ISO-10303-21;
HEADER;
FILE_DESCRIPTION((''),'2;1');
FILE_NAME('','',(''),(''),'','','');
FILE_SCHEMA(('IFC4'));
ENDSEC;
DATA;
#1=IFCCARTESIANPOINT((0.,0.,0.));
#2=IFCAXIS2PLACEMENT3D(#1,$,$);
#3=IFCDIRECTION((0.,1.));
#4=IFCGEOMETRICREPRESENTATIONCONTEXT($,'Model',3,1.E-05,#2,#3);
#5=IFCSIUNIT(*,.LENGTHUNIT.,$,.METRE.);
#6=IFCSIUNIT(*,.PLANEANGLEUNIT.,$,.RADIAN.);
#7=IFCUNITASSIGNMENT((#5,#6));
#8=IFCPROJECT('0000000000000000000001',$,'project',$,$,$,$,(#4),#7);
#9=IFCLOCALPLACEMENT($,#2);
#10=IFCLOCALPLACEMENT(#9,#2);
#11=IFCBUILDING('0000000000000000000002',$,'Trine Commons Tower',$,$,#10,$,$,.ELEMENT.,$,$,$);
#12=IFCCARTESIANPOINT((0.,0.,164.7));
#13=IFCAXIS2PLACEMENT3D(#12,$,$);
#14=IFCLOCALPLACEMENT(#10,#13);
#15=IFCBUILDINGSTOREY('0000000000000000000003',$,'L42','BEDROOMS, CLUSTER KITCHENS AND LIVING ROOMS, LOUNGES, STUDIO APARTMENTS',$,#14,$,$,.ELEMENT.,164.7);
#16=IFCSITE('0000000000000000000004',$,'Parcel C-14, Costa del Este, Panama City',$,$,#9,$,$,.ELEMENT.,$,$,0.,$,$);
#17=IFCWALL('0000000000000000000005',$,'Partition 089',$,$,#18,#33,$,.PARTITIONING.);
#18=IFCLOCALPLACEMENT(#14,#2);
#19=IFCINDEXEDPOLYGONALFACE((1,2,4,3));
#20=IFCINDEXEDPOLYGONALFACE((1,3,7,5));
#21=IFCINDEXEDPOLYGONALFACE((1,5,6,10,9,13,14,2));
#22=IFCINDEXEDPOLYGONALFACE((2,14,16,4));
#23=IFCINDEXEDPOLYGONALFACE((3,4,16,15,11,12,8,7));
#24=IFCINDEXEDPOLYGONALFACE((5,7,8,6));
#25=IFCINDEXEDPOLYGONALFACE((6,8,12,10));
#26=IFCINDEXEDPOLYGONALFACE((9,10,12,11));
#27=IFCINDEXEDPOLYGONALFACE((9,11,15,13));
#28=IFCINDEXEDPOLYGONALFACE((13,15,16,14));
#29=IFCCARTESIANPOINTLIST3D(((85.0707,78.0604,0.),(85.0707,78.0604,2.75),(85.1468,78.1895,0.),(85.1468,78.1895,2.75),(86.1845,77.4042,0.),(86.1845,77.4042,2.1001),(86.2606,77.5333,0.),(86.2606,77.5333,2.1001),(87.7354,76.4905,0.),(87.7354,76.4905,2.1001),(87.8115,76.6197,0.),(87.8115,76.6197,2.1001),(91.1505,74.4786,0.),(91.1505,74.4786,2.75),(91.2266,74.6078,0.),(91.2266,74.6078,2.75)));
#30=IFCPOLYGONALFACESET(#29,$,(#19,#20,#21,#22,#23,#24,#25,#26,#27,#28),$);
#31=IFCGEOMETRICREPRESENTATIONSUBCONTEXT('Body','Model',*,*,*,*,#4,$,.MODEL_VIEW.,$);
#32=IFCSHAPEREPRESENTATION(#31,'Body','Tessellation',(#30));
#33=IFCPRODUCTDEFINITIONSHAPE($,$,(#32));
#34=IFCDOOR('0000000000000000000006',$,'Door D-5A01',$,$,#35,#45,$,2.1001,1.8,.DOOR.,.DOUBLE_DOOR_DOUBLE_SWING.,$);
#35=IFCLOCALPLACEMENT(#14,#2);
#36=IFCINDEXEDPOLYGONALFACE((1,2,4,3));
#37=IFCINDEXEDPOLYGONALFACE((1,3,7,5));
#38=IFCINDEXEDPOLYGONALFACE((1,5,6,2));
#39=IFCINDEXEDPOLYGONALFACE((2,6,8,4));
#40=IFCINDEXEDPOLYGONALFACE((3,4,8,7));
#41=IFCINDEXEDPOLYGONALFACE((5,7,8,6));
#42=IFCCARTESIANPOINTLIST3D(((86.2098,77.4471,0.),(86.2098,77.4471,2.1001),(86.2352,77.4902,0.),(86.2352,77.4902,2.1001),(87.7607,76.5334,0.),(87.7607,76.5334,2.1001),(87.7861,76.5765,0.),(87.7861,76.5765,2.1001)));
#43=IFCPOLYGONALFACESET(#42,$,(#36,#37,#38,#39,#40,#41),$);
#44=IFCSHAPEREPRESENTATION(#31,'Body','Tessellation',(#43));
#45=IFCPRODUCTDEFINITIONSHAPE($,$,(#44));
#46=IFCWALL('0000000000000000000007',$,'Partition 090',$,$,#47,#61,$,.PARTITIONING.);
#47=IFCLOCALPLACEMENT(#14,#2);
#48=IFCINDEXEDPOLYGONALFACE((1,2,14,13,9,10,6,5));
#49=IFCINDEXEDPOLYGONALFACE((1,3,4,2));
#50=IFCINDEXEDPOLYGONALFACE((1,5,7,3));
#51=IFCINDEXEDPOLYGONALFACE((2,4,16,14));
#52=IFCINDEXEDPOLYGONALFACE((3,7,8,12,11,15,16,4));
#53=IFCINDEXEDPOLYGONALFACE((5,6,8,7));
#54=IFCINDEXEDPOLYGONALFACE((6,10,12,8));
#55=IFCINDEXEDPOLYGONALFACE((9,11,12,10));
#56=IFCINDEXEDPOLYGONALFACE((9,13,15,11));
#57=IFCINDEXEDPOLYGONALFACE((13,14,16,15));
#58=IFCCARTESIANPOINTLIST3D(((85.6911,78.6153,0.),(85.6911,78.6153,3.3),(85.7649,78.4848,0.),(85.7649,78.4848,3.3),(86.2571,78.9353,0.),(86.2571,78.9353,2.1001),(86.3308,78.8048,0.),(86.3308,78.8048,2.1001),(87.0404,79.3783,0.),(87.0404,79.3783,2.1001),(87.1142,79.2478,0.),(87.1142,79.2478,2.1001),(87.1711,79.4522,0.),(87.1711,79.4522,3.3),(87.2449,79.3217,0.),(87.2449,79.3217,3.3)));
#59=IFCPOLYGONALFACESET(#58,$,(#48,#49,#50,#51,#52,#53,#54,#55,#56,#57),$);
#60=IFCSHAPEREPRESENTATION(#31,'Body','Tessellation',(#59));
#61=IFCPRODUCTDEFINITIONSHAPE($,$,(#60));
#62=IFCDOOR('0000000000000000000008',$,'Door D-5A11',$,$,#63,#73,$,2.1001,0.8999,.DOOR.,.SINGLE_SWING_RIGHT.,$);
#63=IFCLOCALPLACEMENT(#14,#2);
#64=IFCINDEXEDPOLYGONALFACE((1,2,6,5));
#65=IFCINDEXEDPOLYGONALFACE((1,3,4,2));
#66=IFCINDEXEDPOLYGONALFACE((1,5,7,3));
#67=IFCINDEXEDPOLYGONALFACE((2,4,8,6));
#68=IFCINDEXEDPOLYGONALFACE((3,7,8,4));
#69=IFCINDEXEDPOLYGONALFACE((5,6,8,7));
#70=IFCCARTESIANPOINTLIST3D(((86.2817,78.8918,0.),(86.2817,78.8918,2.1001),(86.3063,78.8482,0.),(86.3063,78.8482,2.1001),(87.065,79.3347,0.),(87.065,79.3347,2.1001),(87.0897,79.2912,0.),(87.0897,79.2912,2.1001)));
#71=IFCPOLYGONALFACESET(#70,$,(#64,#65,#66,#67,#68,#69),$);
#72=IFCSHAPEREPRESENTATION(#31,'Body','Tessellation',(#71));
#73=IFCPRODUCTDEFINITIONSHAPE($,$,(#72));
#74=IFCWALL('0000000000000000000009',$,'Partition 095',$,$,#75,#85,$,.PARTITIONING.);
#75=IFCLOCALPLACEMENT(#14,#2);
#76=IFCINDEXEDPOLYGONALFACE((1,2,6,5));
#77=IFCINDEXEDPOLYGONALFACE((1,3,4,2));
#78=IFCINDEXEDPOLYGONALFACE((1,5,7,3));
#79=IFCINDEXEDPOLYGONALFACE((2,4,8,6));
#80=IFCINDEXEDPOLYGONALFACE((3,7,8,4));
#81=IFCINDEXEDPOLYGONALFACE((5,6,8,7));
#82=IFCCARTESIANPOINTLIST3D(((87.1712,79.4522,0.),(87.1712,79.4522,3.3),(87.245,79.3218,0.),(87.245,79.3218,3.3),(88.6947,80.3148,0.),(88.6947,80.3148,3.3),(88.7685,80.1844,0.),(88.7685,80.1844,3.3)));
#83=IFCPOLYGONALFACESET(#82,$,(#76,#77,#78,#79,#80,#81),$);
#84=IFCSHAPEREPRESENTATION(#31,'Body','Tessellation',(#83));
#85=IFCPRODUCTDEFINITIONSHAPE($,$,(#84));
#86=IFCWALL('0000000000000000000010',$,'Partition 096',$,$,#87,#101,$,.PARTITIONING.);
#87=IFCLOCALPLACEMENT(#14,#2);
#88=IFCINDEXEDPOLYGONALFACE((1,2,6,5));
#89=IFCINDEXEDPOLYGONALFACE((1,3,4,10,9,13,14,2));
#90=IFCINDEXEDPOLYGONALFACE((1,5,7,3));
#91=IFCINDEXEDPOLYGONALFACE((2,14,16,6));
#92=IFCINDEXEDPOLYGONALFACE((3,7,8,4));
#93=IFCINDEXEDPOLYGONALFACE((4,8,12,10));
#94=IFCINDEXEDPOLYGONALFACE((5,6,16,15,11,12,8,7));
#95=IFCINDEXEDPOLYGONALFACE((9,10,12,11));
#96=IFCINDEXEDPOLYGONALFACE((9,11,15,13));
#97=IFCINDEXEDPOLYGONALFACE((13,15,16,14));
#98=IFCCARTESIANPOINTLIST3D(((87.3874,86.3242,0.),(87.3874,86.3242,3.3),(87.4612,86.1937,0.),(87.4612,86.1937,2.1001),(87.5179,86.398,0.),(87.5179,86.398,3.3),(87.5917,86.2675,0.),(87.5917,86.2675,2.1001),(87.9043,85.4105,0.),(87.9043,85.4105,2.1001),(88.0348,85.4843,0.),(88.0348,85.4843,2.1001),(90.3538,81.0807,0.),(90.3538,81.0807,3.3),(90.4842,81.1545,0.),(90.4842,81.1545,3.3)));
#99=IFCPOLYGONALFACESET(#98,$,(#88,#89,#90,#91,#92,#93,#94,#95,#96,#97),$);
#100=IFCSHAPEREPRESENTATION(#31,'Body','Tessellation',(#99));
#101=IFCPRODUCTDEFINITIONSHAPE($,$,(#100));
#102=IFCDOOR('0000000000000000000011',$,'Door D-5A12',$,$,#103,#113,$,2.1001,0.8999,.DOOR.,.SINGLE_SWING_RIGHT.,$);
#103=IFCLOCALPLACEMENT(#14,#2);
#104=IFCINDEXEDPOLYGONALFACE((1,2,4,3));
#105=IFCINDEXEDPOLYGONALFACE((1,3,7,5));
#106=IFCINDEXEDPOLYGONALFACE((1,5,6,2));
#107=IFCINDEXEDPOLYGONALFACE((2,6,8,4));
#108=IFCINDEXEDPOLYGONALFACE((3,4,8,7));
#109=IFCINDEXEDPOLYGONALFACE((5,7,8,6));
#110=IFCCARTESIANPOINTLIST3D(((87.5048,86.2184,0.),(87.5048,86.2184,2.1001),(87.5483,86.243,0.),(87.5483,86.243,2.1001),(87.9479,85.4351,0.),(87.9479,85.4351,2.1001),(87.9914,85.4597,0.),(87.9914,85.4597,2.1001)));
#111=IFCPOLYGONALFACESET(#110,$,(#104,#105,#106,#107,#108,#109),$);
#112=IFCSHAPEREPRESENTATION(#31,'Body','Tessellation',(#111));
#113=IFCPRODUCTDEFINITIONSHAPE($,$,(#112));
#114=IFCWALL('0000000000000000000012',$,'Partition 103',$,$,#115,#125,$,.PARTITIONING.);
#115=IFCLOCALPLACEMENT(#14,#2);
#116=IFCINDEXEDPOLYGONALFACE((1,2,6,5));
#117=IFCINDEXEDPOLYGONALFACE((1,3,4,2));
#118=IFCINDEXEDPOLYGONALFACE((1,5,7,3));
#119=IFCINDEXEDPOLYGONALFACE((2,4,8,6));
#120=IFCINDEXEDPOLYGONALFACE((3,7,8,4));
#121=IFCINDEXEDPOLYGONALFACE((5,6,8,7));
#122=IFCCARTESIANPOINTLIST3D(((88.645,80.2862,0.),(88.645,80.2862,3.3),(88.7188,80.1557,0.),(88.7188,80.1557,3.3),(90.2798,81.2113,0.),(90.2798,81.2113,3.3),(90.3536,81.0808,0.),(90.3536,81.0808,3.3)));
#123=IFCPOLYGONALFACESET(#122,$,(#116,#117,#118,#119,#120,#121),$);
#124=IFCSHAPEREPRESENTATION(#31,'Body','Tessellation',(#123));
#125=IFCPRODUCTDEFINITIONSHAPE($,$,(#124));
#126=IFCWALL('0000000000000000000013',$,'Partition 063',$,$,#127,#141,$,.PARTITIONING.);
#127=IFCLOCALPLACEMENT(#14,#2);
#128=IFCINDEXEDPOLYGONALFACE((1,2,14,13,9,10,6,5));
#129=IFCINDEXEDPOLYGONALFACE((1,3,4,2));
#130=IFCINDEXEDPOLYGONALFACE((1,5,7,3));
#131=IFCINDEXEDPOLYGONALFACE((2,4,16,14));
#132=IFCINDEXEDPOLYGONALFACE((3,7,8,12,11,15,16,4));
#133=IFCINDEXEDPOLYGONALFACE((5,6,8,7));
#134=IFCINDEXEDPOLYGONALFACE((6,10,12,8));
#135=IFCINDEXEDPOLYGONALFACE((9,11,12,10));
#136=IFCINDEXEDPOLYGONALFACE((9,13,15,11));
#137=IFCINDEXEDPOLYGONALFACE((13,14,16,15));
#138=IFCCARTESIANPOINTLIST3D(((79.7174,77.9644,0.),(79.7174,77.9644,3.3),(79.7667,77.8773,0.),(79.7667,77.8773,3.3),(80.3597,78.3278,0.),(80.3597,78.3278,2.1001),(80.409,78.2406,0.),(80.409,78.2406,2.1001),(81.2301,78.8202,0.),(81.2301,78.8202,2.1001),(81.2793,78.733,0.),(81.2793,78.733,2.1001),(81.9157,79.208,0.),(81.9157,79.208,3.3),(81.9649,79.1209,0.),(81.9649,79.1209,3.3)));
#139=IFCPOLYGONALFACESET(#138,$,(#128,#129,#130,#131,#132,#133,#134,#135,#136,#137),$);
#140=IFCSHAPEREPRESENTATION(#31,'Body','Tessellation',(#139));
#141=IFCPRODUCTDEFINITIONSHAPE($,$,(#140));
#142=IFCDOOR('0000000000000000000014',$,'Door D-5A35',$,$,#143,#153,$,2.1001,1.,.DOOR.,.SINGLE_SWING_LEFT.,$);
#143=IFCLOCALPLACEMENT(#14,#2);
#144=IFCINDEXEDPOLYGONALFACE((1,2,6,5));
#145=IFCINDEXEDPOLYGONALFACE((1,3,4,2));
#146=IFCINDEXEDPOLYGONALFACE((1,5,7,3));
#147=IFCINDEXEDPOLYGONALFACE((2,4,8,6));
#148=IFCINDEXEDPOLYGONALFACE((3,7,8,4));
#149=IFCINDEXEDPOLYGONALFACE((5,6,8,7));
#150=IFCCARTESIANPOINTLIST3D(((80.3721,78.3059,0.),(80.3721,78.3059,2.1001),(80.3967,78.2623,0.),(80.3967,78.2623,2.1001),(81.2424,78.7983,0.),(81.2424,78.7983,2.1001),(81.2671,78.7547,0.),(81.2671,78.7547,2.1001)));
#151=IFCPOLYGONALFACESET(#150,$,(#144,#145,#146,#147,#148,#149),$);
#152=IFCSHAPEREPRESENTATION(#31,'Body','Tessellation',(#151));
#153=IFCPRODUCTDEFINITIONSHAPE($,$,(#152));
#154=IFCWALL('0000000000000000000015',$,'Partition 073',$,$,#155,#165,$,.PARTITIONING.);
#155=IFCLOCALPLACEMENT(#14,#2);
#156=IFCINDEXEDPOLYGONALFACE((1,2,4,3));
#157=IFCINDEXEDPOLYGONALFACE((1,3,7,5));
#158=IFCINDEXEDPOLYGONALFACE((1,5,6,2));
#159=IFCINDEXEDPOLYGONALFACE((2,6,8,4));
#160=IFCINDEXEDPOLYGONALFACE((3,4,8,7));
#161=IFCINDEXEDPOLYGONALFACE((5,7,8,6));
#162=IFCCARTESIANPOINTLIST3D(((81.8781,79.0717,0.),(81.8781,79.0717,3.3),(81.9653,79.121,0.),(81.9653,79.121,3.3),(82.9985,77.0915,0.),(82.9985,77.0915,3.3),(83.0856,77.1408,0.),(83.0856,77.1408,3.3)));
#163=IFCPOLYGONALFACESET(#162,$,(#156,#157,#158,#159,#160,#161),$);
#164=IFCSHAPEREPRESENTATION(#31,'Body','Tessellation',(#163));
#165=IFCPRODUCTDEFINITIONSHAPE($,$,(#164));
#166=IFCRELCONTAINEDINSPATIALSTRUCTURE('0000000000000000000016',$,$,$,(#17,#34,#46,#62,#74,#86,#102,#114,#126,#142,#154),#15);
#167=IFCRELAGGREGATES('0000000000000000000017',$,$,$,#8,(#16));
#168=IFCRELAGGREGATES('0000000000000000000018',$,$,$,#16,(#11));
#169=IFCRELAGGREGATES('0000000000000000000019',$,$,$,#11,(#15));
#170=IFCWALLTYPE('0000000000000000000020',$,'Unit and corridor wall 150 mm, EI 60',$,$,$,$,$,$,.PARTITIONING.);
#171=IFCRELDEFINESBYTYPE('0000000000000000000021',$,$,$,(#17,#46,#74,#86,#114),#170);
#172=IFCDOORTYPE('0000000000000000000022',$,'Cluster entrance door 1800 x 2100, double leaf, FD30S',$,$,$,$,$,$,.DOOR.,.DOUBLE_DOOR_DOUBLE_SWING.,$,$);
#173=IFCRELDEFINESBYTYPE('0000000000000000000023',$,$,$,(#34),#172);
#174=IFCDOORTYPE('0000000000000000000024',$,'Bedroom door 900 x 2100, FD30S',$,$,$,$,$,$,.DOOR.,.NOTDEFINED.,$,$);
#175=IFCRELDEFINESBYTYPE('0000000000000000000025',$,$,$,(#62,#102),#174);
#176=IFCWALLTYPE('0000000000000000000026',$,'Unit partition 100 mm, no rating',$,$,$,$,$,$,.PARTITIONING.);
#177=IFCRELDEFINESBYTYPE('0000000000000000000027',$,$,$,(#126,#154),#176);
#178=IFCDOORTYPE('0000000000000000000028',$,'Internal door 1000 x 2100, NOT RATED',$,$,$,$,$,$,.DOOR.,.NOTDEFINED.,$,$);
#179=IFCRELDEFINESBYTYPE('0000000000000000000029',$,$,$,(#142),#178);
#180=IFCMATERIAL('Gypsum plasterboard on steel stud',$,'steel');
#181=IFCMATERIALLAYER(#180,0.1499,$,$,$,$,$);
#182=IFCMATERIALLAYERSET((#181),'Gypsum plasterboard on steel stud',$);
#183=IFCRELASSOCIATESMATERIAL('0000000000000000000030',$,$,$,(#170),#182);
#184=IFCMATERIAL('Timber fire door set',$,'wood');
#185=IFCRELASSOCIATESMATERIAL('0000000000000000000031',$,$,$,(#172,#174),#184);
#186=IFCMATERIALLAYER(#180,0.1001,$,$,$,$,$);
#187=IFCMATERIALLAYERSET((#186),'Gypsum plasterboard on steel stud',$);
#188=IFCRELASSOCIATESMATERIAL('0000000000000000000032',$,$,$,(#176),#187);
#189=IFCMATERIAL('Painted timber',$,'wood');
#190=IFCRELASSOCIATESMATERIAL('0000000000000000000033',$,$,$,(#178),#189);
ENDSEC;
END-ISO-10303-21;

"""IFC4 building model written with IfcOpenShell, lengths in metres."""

from ifc_helpers import new_model, si_unit, direction, frame, frame_2d, origin, place, context, subcontext, project, spatial, rectangle, extrude, material, layer, layer_set, type_object, element, fill, save


model = new_model("IFC4")

# Units and contexts
model_context = context("Model", 3, precision=1e-05, world=origin(), true_north=direction((0.0, 1.0)))
body_context = subcontext(model_context, "Body", "Model", "MODEL_VIEW")
ifc_project = project(units=[si_unit("LENGTHUNIT", "METRE"), si_unit("PLANEANGLEUNIT", "RADIAN")], contexts=[model_context])

# Site, building, storey
site_placement = place(None, origin())
site = spatial("IfcSite", under=ifc_project, at=site_placement, Name="Parcel C-14, Costa del Este, Panama City", CompositionType="ELEMENT", RefElevation=0.0)
building_placement = place(site_placement, origin())
building = spatial("IfcBuilding", under=site, at=building_placement, Name="Trine Commons Tower", CompositionType="ELEMENT")
storey_placement = place(building_placement, frame((0.0, 0.0, 164.7)))
storey = spatial("IfcBuildingStorey", under=building, at=storey_placement, Name="L42", Description="BEDROOMS, CLUSTER KITCHENS AND LIVING ROOMS, LOUNGES, STUDIO APARTMENTS", CompositionType="ELEMENT", Elevation=164.7)

# Shared definitions
ifc_material_1 = material(Name="Gypsum plasterboard on steel stud", Category="steel")
ifc_layer_1 = layer(ifc_material_1, 0.1499)
ifc_layer_set_1 = layer_set([ifc_layer_1], Name="Gypsum plasterboard on steel stud")
wall_type_1 = type_object("IfcWallType", Name="Unit and corridor wall 150 mm, EI 60", PredefinedType="PARTITIONING", material=ifc_layer_set_1)

# Walls, openings, doors
wall_1_placement = place(storey_placement, frame((85.1086, 78.125, 0.0), z_axis=(0.0, 0.0, 1.0), x_axis=(0.861599, -0.50759, 0.0)))
wall_1 = element("IfcWall", 1, at=wall_1_placement, inside=storey, type_object=wall_type_1, Name="Partition 089", PredefinedType="PARTITIONING", context=body_context, shape_type="SweptSolid", body=[
    extrude(rectangle(XDim=7.0564, YDim=0.1499, at=frame_2d((3.5283, 0.0))), origin(), (0.0, 0.0, 1.0), 2.75),
])
opening_1_placement = place(wall_1_placement, frame((1.293, 0.0, 0.0)))
opening_1 = element("IfcOpeningElement", 2, at=opening_1_placement, cuts=wall_1, PredefinedType="OPENING", context=body_context, shape_type="SweptSolid", body=[
    extrude(rectangle(XDim=1.8, YDim=2.1001, at=frame_2d((0.8999, 1.05))), frame((0.0, 0.085, 0.0), z_axis=(0.0, -1.0, 0.0), x_axis=(1.0, 0.0, 0.0)), (0.0, 0.0, 1.0), 0.1699),
])
ifc_material_2 = material(Name="Timber fire door set", Category="wood")
door_type_1 = type_object("IfcDoorType", Name="Cluster entrance door 1800 x 2100, double leaf, FD30S", OperationType="DOUBLE_DOOR_DOUBLE_SWING", PredefinedType="DOOR", material=ifc_material_2)
door_1_placement = place(opening_1_placement, origin())
door_1 = element("IfcDoor", 3, at=door_1_placement, inside=storey, type_object=door_type_1, Name="Door D-5A01", OperationType="DOUBLE_DOOR_DOUBLE_SWING", OverallHeight=2.1001, OverallWidth=1.8, PredefinedType="DOOR", context=body_context, shape_type="SweptSolid", body=[
    extrude(rectangle(XDim=1.8, YDim=2.1001, at=frame_2d((0.8999, 1.05))), frame((0.0, 0.0249, 0.0), z_axis=(0.0, -1.0, 0.0), x_axis=(1.0, 0.0, 0.0)), (0.0, 0.0, 1.0), 0.05),
])
fill(opening_1, door_1)
wall_2_placement = place(storey_placement, frame((85.728, 78.55, 0.0), z_axis=(0.0, 0.0, 1.0), x_axis=(0.870461, 0.492237, 0.0)))
wall_2 = element("IfcWall", 4, at=wall_2_placement, inside=storey, type_object=wall_type_1, Name="Partition 090", PredefinedType="PARTITIONING", context=body_context, shape_type="SweptSolid", body=[
    extrude(rectangle(XDim=1.7002, YDim=0.1499, at=frame_2d((0.8501, 0.0))), origin(), (0.0, 0.0, 1.0), 3.3),
])
opening_2_placement = place(wall_2_placement, frame((0.6501, 0.0, 0.0)))
opening_2 = element("IfcOpeningElement", 5, at=opening_2_placement, cuts=wall_2, PredefinedType="OPENING", context=body_context, shape_type="SweptSolid", body=[
    extrude(rectangle(XDim=0.8999, YDim=2.1001, at=frame_2d((0.45, 1.05))), frame((0.0, 0.085, 0.0), z_axis=(0.0, -1.0, 0.0), x_axis=(1.0, 0.0, 0.0)), (0.0, 0.0, 1.0), 0.1699),
])
door_type_2 = type_object("IfcDoorType", Name="Bedroom door 900 x 2100, FD30S", OperationType="NOTDEFINED", PredefinedType="DOOR", material=ifc_material_2)
door_2_placement = place(opening_2_placement, origin())
door_2 = element("IfcDoor", 6, at=door_2_placement, inside=storey, type_object=door_type_2, Name="Door D-5A11", OperationType="SINGLE_SWING_RIGHT", OverallHeight=2.1001, OverallWidth=0.8999, PredefinedType="DOOR", context=body_context, shape_type="SweptSolid", body=[
    extrude(rectangle(XDim=0.8999, YDim=2.1001, at=frame_2d((0.45, 1.05))), frame((0.0, 0.0249, 0.0), z_axis=(0.0, -1.0, 0.0), x_axis=(1.0, 0.0, 0.0)), (0.0, 0.0, 1.0), 0.05),
])
fill(opening_2, door_2)

# Wall
wall_3_placement = place(storey_placement, frame((87.208, 79.387, 0.0), z_axis=(0.0, 0.0, 1.0), x_axis=(0.870202, 0.492696, 0.0)))
element("IfcWall", 7, at=wall_3_placement, inside=storey, type_object=wall_type_1, Name="Partition 095", PredefinedType="PARTITIONING", context=body_context, shape_type="SweptSolid", body=[
    extrude(rectangle(XDim=1.7507, YDim=0.1499, at=frame_2d((0.8755, 0.0))), origin(), (0.0, 0.0, 1.0), 3.3),
])

# Wall, opening, door
wall_4_placement = place(storey_placement, frame((87.4526, 86.3611, 0.0), z_axis=(0.0, 0.0, 1.0), x_axis=(0.49239, -0.870375, 0.0)))
wall_4 = element("IfcWall", 8, at=wall_4_placement, inside=storey, type_object=wall_type_1, Name="Partition 096", PredefinedType="PARTITIONING", context=body_context, shape_type="SweptSolid", body=[
    extrude(rectangle(XDim=6.0244, YDim=0.1499, at=frame_2d((3.0122, 0.0))), origin(), (0.0, 0.0, 1.0), 3.3),
])
opening_3_placement = place(wall_4_placement, frame((0.1499, 0.0, 0.0)))
opening_3 = element("IfcOpeningElement", 9, at=opening_3_placement, cuts=wall_4, PredefinedType="OPENING", context=body_context, shape_type="SweptSolid", body=[
    extrude(rectangle(XDim=0.8999, YDim=2.1001, at=frame_2d((0.45, 1.05))), frame((0.0, 0.085, 0.0), z_axis=(0.0, -1.0, 0.0), x_axis=(1.0, 0.0, 0.0)), (0.0, 0.0, 1.0), 0.1699),
])
door_3_placement = place(opening_3_placement, frame((0.8999, 0.0, 0.0), z_axis=(0.0, 0.0, 1.0), x_axis=(-1.0, 0.0, 0.0)))
door_3 = element("IfcDoor", 10, at=door_3_placement, inside=storey, type_object=door_type_2, Name="Door D-5A12", OperationType="SINGLE_SWING_RIGHT", OverallHeight=2.1001, OverallWidth=0.8999, PredefinedType="DOOR", context=body_context, shape_type="SweptSolid", body=[
    extrude(rectangle(XDim=0.8999, YDim=2.1001, at=frame_2d((0.45, 1.05))), frame((0.0, 0.0249, 0.0), z_axis=(0.0, -1.0, 0.0), x_axis=(1.0, 0.0, 0.0)), (0.0, 0.0, 1.0), 0.05),
])
fill(opening_3, door_3)

# Wall
wall_5_placement = place(storey_placement, frame((88.6819, 80.2209, 0.0), z_axis=(0.0, 0.0, 1.0), x_axis=(0.870323, 0.492481, 0.0)))
element("IfcWall", 11, at=wall_5_placement, inside=storey, type_object=wall_type_1, Name="Partition 103", PredefinedType="PARTITIONING", context=body_context, shape_type="SweptSolid", body=[
    extrude(rectangle(XDim=1.8784, YDim=0.1499, at=frame_2d((0.9392, 0.0))), origin(), (0.0, 0.0, 1.0), 3.3),
])

# Wall, opening, door
ifc_layer_2 = layer(ifc_material_1, 0.1001)
ifc_layer_set_2 = layer_set([ifc_layer_2], Name="Gypsum plasterboard on steel stud")
wall_type_2 = type_object("IfcWallType", Name="Unit partition 100 mm, no rating", PredefinedType="PARTITIONING", material=ifc_layer_set_2)
wall_6_placement = place(storey_placement, frame((79.7422, 77.9209, 0.0), z_axis=(0.0, 0.0, 1.0), x_axis=(0.870365, 0.492408, 0.0)))
wall_6 = element("IfcWall", 12, at=wall_6_placement, inside=storey, type_object=wall_type_2, Name="Partition 063", PredefinedType="PARTITIONING", context=body_context, shape_type="SweptSolid", body=[
    extrude(rectangle(XDim=2.5256, YDim=0.1001, at=frame_2d((1.2627, 0.0))), origin(), (0.0, 0.0, 1.0), 3.3),
])
opening_4_placement = place(wall_6_placement, frame((0.7378, 0.0, 0.0)))
opening_4 = element("IfcOpeningElement", 13, at=opening_4_placement, cuts=wall_6, PredefinedType="OPENING", context=body_context, shape_type="SweptSolid", body=[
    extrude(rectangle(XDim=1.0, YDim=2.1001, at=frame_2d((0.5, 1.05))), frame((0.0, 0.0601, 0.0), z_axis=(0.0, -1.0, 0.0), x_axis=(1.0, 0.0, 0.0)), (0.0, 0.0, 1.0), 0.1201),
])
ifc_material_3 = material(Name="Painted timber", Category="wood")
door_type_3 = type_object("IfcDoorType", Name="Internal door 1000 x 2100, NOT RATED", OperationType="NOTDEFINED", PredefinedType="DOOR", material=ifc_material_3)
door_4_placement = place(opening_4_placement, origin())
door_4 = element("IfcDoor", 14, at=door_4_placement, inside=storey, type_object=door_type_3, Name="Door D-5A35", OperationType="SINGLE_SWING_LEFT", OverallHeight=2.1001, OverallWidth=1.0, PredefinedType="DOOR", context=body_context, shape_type="SweptSolid", body=[
    extrude(rectangle(XDim=1.0, YDim=2.1001, at=frame_2d((0.5, 1.05))), frame((0.0, 0.0249, 0.0), z_axis=(0.0, -1.0, 0.0), x_axis=(1.0, 0.0, 0.0)), (0.0, 0.0, 1.0), 0.05),
])
fill(opening_4, door_4)

# Wall
wall_7_placement = place(storey_placement, frame((81.9216, 79.0964, 0.0), z_axis=(0.0, 0.0, 1.0), x_axis=(0.492425, -0.870355, 0.0)))
element("IfcWall", 15, at=wall_7_placement, inside=storey, type_object=wall_type_2, Name="Partition 073", PredefinedType="PARTITIONING", context=body_context, shape_type="SweptSolid", body=[
    extrude(rectangle(XDim=2.2751, YDim=0.1001, at=frame_2d((1.1377, 0.0))), origin(), (0.0, 0.0, 1.0), 3.3),
])

save(model, "model.ifc")
